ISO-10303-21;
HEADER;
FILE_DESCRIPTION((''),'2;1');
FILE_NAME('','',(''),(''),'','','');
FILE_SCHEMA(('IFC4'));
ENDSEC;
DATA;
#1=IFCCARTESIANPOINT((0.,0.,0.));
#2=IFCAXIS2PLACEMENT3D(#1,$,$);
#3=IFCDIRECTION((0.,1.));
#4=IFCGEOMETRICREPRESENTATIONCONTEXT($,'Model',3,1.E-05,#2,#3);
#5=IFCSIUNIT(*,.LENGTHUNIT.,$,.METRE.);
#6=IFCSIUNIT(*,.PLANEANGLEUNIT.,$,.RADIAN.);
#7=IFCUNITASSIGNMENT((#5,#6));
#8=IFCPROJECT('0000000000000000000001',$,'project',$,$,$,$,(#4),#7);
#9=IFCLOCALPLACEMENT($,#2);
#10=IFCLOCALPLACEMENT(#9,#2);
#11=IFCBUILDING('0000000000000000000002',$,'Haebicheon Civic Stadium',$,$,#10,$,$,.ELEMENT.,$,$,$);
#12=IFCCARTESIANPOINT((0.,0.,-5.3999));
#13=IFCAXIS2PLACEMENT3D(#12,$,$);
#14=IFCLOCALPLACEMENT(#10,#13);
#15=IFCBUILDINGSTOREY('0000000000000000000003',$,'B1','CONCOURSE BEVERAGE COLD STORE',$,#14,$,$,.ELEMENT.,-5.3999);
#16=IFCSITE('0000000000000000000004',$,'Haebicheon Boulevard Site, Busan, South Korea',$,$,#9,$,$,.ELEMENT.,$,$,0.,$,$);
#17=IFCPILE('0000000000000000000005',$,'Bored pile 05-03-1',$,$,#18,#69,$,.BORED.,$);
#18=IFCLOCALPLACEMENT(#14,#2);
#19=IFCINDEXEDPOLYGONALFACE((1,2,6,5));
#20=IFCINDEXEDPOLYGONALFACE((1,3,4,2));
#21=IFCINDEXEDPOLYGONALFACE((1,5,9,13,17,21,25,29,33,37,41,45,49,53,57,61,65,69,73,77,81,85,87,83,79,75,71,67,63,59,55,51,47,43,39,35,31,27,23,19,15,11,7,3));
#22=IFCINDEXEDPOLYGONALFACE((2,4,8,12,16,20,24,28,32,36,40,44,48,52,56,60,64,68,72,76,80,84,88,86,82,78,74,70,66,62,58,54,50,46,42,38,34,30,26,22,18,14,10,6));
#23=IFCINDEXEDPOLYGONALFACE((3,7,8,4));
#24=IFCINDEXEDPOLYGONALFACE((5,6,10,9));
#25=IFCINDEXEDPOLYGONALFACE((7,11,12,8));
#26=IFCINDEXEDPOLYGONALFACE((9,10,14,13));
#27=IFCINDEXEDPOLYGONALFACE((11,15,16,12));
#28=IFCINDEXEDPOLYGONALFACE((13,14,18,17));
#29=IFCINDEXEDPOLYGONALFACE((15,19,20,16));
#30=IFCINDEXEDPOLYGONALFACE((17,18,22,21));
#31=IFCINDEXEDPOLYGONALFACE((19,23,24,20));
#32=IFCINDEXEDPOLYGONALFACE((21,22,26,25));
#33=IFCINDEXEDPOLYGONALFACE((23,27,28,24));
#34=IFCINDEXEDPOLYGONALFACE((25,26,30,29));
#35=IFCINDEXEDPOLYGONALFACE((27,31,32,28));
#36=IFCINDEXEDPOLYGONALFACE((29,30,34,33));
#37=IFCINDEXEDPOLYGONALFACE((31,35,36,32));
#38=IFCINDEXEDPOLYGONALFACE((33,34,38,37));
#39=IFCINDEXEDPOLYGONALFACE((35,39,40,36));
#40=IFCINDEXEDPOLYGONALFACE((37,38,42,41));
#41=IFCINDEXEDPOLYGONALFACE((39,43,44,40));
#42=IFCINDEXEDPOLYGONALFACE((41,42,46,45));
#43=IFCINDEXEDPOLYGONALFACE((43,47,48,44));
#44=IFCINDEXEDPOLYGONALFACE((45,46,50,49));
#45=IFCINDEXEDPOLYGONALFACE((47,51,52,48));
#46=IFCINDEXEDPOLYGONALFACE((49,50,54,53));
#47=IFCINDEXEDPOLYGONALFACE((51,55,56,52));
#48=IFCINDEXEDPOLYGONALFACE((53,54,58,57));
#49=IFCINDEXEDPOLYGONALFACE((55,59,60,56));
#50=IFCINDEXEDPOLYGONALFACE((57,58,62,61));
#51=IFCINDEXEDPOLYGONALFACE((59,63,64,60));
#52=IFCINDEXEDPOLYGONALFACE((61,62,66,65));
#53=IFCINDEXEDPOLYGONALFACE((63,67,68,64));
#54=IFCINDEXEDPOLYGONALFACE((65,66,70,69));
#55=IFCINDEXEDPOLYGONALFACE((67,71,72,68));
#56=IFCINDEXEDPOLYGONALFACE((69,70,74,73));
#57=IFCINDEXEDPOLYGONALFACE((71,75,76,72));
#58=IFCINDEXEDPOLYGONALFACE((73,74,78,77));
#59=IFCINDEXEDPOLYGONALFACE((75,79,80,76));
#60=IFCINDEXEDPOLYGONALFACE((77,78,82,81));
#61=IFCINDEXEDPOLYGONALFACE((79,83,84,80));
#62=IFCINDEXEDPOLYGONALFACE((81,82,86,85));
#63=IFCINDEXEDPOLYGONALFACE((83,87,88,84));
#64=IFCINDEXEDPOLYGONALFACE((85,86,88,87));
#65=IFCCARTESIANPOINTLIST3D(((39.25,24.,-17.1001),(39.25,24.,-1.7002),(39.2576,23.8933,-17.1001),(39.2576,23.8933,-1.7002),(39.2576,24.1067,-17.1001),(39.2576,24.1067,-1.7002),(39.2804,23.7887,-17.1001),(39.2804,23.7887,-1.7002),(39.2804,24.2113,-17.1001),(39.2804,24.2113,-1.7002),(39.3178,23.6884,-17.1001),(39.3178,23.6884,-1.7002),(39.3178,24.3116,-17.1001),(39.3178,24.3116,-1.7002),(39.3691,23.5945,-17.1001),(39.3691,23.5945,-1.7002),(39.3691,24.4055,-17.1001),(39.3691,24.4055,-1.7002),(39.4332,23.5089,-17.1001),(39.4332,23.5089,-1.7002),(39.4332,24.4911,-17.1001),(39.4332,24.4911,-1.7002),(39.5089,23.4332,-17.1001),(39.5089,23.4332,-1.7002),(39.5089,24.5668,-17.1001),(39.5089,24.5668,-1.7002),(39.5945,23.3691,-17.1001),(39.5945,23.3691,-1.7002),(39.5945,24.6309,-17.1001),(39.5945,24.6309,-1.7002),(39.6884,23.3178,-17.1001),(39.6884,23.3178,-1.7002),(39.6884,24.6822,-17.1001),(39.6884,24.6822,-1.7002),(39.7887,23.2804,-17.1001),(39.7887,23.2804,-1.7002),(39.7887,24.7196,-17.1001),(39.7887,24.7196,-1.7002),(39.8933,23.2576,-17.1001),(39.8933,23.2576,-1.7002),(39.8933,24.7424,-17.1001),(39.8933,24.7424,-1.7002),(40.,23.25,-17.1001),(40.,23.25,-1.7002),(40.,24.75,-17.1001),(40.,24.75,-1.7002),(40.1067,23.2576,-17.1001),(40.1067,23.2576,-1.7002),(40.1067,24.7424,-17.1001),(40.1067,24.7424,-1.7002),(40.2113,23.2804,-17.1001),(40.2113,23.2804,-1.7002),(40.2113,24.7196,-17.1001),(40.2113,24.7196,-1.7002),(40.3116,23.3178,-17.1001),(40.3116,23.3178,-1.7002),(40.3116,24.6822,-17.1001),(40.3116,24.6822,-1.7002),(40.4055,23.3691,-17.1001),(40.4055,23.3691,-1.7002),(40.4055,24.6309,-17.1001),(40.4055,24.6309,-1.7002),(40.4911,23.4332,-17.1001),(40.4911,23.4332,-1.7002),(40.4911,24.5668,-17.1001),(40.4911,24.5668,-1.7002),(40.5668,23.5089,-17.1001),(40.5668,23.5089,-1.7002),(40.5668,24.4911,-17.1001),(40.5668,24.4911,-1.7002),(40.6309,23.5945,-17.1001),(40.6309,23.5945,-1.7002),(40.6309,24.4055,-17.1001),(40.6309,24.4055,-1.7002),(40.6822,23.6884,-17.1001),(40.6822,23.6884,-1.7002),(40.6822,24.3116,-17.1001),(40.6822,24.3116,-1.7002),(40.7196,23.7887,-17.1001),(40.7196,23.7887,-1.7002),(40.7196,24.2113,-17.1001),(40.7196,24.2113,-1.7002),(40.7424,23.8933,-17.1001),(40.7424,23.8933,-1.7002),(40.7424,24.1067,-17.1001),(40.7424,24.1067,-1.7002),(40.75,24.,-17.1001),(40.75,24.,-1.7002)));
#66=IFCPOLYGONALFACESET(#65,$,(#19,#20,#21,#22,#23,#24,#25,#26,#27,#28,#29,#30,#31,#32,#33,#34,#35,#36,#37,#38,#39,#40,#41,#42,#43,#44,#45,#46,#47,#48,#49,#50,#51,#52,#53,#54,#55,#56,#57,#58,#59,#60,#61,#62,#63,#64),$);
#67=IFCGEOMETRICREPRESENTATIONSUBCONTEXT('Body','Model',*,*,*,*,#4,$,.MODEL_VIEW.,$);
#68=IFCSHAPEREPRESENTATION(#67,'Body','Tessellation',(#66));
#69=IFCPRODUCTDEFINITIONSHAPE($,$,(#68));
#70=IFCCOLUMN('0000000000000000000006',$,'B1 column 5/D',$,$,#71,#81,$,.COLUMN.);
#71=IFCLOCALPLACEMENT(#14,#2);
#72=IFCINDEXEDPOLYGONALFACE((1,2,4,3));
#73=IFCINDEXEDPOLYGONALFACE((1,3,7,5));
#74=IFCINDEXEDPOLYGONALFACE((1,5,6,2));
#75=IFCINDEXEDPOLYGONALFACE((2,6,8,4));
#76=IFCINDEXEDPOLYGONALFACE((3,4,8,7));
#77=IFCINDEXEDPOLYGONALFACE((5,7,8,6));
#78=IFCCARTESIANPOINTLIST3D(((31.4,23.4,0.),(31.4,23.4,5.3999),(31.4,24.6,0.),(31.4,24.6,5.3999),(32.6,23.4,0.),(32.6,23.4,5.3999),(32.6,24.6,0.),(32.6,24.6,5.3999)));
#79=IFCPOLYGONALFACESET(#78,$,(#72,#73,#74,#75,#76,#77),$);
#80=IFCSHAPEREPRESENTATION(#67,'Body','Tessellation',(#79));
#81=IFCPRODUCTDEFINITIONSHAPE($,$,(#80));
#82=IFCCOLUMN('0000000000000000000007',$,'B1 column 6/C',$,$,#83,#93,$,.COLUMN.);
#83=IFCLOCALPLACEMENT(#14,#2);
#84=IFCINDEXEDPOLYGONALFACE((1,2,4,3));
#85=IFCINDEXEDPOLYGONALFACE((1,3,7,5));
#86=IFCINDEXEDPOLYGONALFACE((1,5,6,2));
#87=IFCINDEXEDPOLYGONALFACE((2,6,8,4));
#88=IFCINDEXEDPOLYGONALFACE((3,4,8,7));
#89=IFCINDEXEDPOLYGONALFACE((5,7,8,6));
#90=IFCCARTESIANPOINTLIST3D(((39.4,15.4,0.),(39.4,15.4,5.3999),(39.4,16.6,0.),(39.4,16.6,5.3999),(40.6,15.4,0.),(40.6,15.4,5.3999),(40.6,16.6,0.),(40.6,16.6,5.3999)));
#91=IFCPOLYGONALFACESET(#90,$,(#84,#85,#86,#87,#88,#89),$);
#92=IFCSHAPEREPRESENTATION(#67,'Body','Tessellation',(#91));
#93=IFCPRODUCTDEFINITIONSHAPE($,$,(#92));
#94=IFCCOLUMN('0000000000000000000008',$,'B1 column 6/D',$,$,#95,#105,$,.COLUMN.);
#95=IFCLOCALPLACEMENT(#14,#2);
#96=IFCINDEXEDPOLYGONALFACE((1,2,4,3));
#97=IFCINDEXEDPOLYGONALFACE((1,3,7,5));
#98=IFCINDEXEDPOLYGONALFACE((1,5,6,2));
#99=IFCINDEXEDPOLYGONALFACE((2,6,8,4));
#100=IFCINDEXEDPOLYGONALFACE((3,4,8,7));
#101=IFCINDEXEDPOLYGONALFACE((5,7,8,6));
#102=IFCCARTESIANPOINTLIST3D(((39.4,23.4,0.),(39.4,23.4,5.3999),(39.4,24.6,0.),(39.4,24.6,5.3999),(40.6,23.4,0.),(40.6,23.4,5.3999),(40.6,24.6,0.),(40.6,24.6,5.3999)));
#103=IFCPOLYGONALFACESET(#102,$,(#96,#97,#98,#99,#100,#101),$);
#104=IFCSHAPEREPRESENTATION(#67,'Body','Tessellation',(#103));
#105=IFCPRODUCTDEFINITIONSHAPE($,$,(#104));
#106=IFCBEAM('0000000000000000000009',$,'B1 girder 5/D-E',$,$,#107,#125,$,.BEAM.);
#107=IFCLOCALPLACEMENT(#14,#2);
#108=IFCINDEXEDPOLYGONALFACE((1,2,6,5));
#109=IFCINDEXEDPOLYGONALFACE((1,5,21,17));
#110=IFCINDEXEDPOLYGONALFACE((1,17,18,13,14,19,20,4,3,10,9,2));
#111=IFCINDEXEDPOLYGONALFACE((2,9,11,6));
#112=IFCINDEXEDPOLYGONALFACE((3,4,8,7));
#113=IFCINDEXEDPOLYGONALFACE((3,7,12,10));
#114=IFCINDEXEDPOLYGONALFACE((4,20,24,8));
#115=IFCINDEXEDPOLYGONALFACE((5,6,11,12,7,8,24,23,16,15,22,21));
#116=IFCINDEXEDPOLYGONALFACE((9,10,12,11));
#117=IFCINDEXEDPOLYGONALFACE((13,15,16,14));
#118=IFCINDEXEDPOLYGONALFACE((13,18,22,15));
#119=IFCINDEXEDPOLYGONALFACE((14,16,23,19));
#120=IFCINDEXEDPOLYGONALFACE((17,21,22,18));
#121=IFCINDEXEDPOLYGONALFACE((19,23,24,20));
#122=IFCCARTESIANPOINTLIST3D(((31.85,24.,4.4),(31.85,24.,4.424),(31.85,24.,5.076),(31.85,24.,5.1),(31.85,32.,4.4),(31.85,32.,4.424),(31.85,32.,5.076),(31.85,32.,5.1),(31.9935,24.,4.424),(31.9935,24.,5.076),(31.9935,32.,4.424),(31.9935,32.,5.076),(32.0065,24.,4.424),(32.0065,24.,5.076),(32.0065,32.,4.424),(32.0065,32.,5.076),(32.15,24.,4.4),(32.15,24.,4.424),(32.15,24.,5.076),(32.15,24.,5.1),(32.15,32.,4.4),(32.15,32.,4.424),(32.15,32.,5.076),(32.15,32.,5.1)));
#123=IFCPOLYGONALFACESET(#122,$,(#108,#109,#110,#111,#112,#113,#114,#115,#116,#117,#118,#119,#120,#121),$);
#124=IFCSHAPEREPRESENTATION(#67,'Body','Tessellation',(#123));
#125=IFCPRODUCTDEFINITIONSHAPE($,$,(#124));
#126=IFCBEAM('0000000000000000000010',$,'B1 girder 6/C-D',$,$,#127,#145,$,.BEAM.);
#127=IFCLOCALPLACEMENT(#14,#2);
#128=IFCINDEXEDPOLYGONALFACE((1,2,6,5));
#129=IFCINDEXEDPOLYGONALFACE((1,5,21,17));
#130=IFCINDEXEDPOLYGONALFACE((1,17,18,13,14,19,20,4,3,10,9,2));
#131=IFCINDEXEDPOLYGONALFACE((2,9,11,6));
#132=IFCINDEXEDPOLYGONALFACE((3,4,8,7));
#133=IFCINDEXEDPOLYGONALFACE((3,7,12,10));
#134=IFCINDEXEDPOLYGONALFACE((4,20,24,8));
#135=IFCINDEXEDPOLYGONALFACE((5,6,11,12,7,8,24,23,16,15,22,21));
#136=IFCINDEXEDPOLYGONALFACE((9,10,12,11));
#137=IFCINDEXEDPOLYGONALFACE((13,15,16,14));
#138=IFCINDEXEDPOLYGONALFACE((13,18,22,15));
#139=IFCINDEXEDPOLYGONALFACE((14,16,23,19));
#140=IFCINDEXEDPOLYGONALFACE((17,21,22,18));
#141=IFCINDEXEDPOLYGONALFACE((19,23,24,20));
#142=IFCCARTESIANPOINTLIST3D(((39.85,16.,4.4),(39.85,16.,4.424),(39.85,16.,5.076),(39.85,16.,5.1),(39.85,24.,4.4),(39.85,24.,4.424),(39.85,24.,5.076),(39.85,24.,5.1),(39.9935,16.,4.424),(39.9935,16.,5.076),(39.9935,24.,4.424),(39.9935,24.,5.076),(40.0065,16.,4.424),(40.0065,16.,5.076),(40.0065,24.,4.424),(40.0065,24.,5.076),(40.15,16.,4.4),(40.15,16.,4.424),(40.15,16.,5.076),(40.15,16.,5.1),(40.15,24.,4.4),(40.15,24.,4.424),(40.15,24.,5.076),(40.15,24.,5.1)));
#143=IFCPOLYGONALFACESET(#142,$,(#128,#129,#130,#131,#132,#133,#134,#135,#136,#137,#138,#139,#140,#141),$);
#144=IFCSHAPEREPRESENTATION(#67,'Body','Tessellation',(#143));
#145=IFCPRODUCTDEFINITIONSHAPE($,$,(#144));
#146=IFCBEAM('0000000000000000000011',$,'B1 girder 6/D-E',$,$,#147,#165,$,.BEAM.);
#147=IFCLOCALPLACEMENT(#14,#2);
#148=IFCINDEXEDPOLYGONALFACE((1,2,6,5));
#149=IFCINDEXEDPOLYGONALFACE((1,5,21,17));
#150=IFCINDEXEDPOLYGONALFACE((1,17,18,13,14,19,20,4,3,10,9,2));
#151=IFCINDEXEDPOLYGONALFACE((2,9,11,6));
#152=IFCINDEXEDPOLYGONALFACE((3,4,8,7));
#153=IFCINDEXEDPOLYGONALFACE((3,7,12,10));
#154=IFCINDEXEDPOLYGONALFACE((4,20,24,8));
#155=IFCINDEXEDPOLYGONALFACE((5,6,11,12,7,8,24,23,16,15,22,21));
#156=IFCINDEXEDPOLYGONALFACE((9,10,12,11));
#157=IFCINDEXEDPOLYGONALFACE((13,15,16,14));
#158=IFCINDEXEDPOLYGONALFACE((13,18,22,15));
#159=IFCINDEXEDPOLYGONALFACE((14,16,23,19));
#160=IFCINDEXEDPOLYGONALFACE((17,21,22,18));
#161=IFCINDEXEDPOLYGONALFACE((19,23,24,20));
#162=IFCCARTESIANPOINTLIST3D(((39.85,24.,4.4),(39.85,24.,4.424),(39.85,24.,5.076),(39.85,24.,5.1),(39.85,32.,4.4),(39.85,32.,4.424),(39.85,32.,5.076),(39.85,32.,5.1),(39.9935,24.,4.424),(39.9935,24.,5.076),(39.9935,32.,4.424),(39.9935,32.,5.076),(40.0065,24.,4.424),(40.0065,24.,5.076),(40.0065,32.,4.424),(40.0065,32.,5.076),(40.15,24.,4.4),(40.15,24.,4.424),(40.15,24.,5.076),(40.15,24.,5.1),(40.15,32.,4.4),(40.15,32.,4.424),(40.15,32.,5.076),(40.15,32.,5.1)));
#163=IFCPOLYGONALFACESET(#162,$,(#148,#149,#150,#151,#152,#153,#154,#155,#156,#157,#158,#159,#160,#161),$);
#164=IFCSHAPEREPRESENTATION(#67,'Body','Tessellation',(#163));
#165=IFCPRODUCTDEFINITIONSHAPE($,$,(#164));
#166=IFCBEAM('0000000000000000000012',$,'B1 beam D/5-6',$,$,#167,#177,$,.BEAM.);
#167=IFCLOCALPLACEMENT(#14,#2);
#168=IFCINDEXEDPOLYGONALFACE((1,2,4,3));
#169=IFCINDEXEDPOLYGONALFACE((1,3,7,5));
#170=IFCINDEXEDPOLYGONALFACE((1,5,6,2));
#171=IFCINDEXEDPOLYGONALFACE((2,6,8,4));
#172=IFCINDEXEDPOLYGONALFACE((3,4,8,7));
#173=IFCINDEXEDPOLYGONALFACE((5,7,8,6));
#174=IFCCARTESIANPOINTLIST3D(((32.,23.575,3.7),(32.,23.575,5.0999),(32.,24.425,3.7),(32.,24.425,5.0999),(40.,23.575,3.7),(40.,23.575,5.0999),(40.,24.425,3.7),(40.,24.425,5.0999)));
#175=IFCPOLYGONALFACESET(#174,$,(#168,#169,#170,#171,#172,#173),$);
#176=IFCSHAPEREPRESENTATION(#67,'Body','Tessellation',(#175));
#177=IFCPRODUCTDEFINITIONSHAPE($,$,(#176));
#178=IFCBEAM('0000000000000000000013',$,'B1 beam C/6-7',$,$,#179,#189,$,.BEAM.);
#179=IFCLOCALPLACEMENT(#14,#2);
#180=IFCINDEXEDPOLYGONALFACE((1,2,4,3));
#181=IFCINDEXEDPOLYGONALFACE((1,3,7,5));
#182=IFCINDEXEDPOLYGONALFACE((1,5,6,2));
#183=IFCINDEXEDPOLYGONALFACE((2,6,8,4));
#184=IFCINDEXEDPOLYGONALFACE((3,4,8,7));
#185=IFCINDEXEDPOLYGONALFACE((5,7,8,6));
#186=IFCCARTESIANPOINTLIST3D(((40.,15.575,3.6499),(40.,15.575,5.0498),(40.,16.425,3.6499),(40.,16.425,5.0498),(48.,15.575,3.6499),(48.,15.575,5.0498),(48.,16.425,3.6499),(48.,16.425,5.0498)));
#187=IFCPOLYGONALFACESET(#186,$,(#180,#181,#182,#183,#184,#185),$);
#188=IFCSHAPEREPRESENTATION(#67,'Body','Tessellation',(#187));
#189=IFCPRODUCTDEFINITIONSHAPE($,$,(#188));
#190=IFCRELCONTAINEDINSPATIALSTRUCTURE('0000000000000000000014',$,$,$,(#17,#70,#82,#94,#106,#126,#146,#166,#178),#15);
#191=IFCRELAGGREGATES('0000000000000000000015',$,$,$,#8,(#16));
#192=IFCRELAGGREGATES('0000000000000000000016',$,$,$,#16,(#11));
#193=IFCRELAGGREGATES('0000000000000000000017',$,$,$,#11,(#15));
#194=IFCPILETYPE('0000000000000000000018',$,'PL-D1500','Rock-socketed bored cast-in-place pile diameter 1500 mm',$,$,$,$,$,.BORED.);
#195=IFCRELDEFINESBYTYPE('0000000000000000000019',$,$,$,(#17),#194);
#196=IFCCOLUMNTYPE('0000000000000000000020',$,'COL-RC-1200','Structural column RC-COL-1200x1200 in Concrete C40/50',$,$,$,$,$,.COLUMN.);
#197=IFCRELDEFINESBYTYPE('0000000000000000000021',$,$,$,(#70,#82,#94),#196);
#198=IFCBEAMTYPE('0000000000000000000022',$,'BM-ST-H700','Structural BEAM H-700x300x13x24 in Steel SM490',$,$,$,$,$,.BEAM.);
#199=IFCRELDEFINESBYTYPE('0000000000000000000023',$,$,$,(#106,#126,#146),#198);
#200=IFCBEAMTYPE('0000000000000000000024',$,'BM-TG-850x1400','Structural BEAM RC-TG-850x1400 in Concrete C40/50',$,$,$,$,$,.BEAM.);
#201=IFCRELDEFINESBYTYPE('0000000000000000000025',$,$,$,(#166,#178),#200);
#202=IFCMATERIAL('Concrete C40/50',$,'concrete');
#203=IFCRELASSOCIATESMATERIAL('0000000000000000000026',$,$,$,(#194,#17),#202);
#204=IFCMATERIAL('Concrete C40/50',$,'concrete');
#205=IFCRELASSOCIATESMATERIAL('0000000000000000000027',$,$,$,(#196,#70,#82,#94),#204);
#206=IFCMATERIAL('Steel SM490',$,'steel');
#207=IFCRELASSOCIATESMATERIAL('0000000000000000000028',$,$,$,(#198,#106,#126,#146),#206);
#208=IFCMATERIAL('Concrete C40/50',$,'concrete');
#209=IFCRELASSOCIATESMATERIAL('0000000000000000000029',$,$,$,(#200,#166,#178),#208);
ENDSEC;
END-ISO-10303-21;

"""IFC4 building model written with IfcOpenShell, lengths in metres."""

from ifc_helpers import new_model, si_unit, direction, frame, origin, origin_2d, place, context, subcontext, project, spatial, rectangle, circle, i_section, extrude, material, material_profile, profile_set, type_object, element, save


model = new_model("IFC4")

# Units and contexts
model_context = context("Model", 3, precision=1e-05, world=origin(), true_north=direction((0.0, 1.0)))
body_context = subcontext(model_context, "Body", "Model", "MODEL_VIEW")
ifc_project = project(units=[si_unit("LENGTHUNIT", "METRE"), si_unit("PLANEANGLEUNIT", "RADIAN")], contexts=[model_context])

# Site, building, storey
site_placement = place(None, origin())
site = spatial("IfcSite", under=ifc_project, at=site_placement, Name="Haebicheon Boulevard Site, Busan, South Korea", CompositionType="ELEMENT", RefElevation=0.0)
building_placement = place(site_placement, origin())
building = spatial("IfcBuilding", under=site, at=building_placement, Name="Haebicheon Civic Stadium", CompositionType="ELEMENT")
storey_placement = place(building_placement, frame((0.0, 0.0, -5.3999)))
storey = spatial("IfcBuildingStorey", under=building, at=storey_placement, Name="B1", Description="CONCOURSE BEVERAGE COLD STORE", CompositionType="ELEMENT", Elevation=-5.3999)

# Pile
ifc_material_1 = material(Name="Concrete C40/50", Category="concrete")
ifc_material_profile_1 = material_profile(ifc_material_1, circle(Radius=0.75, at=origin_2d()), Name="PILE-D1500")
ifc_profile_set_1 = profile_set([ifc_material_profile_1], Name="Concrete C40/50")
pile_type = type_object("IfcPileType", Name="PL-D1500", Description="Rock-socketed bored cast-in-place pile diameter 1500 mm", PredefinedType="BORED", material=ifc_profile_set_1)
pile_placement = place(storey_placement, frame((40.0, 24.0, -1.7002), z_axis=(0.0, 0.0, -1.0), x_axis=(1.0, 0.0, 0.0)))
element("IfcPile", 1, at=pile_placement, inside=storey, type_object=pile_type, material=ifc_profile_set_1, Name="Bored pile 05-03-1", PredefinedType="BORED", context=body_context, shape_type="SweptSolid", body=[
    extrude(circle(Radius=0.75, at=origin_2d()), origin(), (0.0, 0.0, 1.0), 15.3999),
])

# Columns
ifc_material_2 = material(Name="Concrete C40/50", Category="concrete")
ifc_material_profile_2 = material_profile(ifc_material_2, rectangle(XDim=1.2, YDim=1.2, at=origin_2d()), Name="RC-COL-1200x1200")
ifc_profile_set_2 = profile_set([ifc_material_profile_2], Name="Concrete C40/50")
column_type = type_object("IfcColumnType", Name="COL-RC-1200", Description="Structural column RC-COL-1200x1200 in Concrete C40/50", PredefinedType="COLUMN", material=ifc_profile_set_2)
for number, where, z_axis, x_axis, name in (
    (2, (32.0, 24.0, 0.0), (0.0, 0.0, 1.0), (1.0, 0.0, 0.0), "B1 column 5/D"),
    (3, (40.0, 16.0, 0.0), (0.0, 0.0, 1.0), (1.0, 0.0, 0.0), "B1 column 6/C"),
    (4, (40.0, 24.0, 0.0), (0.0, 0.0, 1.0), (1.0, 0.0, 0.0), "B1 column 6/D"),
):
    element("IfcColumn", number, at=place(storey_placement, frame(where, z_axis=z_axis, x_axis=x_axis)), inside=storey, type_object=column_type, material=ifc_profile_set_2, Name=name, PredefinedType="COLUMN", context=body_context, shape_type="SweptSolid", body=[
        extrude(rectangle(XDim=1.2, YDim=1.2, at=origin_2d()), origin(), (0.0, 0.0, 1.0), 5.3999),
    ])

# Beams
ifc_material_3 = material(Name="Steel SM490", Category="steel")
ifc_material_profile_3 = material_profile(ifc_material_3, i_section(OverallWidth=0.3, OverallDepth=0.7, WebThickness=0.0129, FlangeThickness=0.0239, at=origin_2d()), Name="H-700x300x13x24")
ifc_profile_set_3 = profile_set([ifc_material_profile_3], Name="Steel SM490")
beam_type_1 = type_object("IfcBeamType", Name="BM-ST-H700", Description="Structural BEAM H-700x300x13x24 in Steel SM490", PredefinedType="BEAM", material=ifc_profile_set_3)
for number, where, z_axis, x_axis, name in (
    (5, (32.0, 24.0, 4.75), (0.0, 1.0, 0.0), (-1.0, 0.0, 0.0), "B1 girder 5/D-E"),
    (6, (40.0, 16.0, 4.75), (0.0, 1.0, 0.0), (-1.0, 0.0, 0.0), "B1 girder 6/C-D"),
    (7, (40.0, 24.0, 4.75), (0.0, 1.0, 0.0), (-1.0, 0.0, 0.0), "B1 girder 6/D-E"),
):
    element("IfcBeam", number, at=place(storey_placement, frame(where, z_axis=z_axis, x_axis=x_axis)), inside=storey, type_object=beam_type_1, material=ifc_profile_set_3, Name=name, PredefinedType="BEAM", context=body_context, shape_type="SweptSolid", body=[
        extrude(i_section(OverallWidth=0.3, OverallDepth=0.7, WebThickness=0.0129, FlangeThickness=0.0239, at=origin_2d()), origin(), (0.0, 0.0, 1.0), 8.0),
    ])
ifc_material_4 = material(Name="Concrete C40/50", Category="concrete")
ifc_material_profile_4 = material_profile(ifc_material_4, rectangle(XDim=0.8501, YDim=1.3999, at=origin_2d()), Name="RC-TG-850x1400")
ifc_profile_set_4 = profile_set([ifc_material_profile_4], Name="Concrete C40/50")
beam_type_2 = type_object("IfcBeamType", Name="BM-TG-850x1400", Description="Structural BEAM RC-TG-850x1400 in Concrete C40/50", PredefinedType="BEAM", material=ifc_profile_set_4)
for number, where, z_axis, x_axis, name in (
    (8, (32.0, 24.0, 4.3999), (1.0, 0.0, 0.0), (0.0, 1.0, 0.0), "B1 beam D/5-6"),
    (9, (40.0, 16.0, 4.3499), (1.0, 0.0, 0.0), (0.0, 1.0, 0.0), "B1 beam C/6-7"),
):
    element("IfcBeam", number, at=place(storey_placement, frame(where, z_axis=z_axis, x_axis=x_axis)), inside=storey, type_object=beam_type_2, material=ifc_profile_set_4, Name=name, PredefinedType="BEAM", context=body_context, shape_type="SweptSolid", body=[
        extrude(rectangle(XDim=0.8501, YDim=1.3999, at=origin_2d()), origin(), (0.0, 0.0, 1.0), 8.0),
    ])

save(model, "model.ifc")
